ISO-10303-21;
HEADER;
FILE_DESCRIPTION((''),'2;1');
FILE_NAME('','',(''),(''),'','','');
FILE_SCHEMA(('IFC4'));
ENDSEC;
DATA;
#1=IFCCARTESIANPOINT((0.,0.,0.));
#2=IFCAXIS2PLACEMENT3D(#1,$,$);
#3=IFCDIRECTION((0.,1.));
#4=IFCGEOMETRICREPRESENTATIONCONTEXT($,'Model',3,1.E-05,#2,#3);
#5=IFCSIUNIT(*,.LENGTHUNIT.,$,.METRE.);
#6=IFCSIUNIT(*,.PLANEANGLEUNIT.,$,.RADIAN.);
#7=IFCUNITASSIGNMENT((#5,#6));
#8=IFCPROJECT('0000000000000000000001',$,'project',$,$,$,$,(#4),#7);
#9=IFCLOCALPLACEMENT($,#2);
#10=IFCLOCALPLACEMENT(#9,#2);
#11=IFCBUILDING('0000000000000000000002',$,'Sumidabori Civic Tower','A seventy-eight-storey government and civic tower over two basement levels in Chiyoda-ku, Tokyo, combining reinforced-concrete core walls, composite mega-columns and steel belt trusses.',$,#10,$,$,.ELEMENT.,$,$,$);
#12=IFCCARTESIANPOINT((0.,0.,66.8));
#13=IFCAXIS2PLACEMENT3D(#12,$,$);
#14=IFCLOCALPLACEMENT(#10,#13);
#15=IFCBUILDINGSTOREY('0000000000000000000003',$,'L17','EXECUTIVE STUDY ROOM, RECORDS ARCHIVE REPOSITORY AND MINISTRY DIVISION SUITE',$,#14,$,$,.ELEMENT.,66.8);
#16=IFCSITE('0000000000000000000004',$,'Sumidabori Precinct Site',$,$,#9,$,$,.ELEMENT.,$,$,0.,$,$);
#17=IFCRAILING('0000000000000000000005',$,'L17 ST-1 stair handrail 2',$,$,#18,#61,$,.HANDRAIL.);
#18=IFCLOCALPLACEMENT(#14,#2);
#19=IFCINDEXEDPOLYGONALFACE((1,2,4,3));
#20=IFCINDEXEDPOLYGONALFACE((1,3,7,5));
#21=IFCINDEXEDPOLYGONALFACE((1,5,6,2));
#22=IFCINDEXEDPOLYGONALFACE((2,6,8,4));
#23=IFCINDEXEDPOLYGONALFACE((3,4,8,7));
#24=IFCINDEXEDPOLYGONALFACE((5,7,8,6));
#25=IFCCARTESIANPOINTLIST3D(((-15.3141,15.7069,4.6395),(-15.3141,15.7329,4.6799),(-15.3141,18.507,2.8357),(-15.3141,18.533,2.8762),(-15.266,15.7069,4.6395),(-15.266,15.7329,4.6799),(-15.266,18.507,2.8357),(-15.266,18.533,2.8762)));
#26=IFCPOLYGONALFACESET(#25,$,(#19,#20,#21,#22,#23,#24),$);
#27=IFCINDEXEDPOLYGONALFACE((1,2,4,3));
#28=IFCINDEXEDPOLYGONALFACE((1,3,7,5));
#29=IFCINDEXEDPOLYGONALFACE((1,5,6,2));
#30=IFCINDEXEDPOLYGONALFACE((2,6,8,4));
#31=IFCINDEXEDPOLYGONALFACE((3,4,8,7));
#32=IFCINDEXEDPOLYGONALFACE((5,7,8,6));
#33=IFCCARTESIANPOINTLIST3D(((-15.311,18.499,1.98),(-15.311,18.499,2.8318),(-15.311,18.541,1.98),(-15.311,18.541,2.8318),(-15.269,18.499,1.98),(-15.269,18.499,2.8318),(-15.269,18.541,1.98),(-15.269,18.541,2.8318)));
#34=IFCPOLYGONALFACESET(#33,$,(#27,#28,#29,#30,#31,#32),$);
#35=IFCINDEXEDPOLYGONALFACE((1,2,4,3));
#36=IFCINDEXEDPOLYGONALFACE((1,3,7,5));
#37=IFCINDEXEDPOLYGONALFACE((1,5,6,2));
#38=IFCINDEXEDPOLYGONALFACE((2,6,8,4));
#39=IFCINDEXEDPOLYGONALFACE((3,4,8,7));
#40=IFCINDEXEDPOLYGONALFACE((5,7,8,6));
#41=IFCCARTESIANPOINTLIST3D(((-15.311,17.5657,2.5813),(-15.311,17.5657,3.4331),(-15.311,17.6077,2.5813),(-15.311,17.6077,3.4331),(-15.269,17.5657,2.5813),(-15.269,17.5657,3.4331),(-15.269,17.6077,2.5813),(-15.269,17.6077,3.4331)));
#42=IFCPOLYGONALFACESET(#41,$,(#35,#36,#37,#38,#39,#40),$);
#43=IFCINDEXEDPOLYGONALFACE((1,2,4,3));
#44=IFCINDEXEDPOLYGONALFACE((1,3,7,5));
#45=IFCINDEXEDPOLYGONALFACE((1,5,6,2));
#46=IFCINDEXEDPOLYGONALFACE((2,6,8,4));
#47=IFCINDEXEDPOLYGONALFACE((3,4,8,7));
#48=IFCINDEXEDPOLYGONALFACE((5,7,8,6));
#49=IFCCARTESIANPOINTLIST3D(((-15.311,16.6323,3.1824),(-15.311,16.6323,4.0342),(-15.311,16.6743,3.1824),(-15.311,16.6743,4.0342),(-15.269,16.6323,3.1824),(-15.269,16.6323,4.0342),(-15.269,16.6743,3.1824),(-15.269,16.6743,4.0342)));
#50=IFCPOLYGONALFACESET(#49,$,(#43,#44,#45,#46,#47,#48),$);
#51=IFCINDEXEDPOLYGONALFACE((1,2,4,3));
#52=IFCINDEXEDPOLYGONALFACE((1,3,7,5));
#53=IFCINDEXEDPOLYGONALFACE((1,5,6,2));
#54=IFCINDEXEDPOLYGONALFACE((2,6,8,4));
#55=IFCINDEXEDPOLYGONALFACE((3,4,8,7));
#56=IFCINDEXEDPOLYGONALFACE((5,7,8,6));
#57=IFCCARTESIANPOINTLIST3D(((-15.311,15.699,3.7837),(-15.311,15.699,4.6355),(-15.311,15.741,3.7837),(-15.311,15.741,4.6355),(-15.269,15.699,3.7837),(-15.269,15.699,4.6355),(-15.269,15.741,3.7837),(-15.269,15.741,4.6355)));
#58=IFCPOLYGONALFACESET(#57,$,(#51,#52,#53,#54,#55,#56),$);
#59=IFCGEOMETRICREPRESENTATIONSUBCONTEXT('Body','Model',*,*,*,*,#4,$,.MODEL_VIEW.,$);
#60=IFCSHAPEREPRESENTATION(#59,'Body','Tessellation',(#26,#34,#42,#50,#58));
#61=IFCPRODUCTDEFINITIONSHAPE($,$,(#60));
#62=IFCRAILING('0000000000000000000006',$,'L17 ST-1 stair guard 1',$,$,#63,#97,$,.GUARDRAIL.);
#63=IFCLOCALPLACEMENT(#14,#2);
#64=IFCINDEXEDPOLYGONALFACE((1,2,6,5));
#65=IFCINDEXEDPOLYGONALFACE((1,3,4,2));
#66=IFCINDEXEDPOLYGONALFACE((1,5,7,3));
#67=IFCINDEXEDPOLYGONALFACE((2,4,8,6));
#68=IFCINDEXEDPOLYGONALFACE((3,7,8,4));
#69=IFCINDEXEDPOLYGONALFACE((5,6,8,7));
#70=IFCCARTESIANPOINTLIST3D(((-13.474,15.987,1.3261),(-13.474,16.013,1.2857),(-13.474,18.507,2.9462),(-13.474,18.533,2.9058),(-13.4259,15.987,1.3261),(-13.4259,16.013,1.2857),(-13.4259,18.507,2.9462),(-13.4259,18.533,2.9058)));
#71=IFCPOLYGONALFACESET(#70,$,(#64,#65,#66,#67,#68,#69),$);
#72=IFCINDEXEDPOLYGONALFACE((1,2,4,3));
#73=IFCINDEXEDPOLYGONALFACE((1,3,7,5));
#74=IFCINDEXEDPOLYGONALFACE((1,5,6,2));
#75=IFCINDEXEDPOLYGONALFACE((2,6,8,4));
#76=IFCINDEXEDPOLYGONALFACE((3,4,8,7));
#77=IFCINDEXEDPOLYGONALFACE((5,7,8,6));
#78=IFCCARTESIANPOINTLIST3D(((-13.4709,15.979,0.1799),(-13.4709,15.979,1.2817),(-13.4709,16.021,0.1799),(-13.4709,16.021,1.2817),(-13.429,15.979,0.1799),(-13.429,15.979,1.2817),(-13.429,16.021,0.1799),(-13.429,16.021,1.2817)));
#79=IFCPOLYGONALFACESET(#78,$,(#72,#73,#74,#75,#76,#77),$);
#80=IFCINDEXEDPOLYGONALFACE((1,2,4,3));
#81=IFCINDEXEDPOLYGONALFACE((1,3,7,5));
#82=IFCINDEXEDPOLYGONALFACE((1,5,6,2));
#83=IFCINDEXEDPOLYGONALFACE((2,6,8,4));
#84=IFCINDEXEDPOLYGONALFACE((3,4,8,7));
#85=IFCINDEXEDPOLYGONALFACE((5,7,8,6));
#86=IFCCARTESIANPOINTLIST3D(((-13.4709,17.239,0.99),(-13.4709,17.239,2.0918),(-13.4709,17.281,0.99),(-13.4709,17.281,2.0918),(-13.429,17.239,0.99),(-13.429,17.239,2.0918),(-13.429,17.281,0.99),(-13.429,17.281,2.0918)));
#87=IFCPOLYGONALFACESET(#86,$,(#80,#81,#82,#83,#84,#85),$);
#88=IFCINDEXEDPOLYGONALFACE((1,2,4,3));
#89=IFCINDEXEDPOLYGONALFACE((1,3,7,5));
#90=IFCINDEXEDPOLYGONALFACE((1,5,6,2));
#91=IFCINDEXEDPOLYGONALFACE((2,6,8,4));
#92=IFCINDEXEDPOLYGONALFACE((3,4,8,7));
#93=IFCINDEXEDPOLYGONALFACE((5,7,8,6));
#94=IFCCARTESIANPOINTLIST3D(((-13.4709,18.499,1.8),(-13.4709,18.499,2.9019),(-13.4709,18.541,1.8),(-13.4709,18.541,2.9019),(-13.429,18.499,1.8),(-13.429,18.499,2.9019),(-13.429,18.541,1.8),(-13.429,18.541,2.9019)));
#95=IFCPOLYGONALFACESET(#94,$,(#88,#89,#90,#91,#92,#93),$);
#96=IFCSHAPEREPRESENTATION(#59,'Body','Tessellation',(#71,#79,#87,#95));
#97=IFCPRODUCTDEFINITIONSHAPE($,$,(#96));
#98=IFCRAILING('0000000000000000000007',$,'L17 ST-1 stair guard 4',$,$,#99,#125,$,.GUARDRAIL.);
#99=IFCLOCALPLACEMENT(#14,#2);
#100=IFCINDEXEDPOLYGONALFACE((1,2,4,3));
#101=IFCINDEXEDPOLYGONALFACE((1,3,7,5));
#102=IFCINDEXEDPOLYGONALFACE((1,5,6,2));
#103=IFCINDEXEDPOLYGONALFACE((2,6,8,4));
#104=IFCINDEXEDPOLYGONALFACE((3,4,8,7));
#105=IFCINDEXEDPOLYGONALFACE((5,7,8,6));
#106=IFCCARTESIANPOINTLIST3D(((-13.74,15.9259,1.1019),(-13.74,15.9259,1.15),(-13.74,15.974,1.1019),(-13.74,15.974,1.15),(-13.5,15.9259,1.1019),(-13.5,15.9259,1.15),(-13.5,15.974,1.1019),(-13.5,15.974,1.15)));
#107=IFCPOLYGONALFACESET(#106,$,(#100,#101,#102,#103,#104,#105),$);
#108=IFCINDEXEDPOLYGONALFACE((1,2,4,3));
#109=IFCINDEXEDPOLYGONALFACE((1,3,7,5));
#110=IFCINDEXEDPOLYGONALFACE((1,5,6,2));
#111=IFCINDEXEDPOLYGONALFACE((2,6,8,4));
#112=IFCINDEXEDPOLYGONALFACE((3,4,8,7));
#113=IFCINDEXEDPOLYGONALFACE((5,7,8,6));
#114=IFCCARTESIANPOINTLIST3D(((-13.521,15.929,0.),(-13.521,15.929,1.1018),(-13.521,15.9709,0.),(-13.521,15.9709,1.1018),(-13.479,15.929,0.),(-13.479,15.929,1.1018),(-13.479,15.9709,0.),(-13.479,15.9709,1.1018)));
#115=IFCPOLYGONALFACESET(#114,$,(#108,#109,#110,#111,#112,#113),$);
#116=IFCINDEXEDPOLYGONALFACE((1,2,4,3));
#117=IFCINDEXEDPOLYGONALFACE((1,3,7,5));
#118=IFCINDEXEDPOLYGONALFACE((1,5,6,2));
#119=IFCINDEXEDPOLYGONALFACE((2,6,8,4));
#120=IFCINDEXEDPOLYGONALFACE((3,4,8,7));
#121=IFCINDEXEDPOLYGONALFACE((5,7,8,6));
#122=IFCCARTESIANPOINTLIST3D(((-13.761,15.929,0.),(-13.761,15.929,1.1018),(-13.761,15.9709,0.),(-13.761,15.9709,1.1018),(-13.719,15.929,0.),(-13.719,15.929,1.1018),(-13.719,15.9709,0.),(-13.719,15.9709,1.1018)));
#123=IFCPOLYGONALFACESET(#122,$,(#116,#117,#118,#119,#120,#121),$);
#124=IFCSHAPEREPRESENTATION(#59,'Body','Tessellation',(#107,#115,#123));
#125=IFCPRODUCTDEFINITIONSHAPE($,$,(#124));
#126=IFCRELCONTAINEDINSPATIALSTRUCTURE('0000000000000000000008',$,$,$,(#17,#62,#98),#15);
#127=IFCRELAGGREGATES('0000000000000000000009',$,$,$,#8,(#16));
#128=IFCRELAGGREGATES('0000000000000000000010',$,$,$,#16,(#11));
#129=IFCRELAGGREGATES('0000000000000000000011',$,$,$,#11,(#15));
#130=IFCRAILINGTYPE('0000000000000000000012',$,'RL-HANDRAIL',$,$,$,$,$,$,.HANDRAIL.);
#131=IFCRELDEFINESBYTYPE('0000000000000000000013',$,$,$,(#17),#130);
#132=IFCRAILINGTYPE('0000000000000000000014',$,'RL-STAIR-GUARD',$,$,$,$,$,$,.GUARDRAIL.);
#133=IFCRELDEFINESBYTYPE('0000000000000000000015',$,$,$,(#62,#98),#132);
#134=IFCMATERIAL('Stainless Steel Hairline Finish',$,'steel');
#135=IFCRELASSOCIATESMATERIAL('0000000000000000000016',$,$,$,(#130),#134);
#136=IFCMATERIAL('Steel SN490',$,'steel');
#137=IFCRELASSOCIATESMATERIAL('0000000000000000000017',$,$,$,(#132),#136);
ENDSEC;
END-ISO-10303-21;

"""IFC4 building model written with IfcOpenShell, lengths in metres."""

from ifc_helpers import new_model, si_unit, direction, frame, origin, origin_2d, place, context, subcontext, project, spatial, rectangle, extrude, material, type_object, element, save


model = new_model("IFC4")

# Units and contexts
model_context = context("Model", 3, precision=1e-05, world=origin(), true_north=direction((0.0, 1.0)))
body_context = subcontext(model_context, "Body", "Model", "MODEL_VIEW")
ifc_project = project(units=[si_unit("LENGTHUNIT", "METRE"), si_unit("PLANEANGLEUNIT", "RADIAN")], contexts=[model_context])

# Site, building, storey
site_placement = place(None, origin())
site = spatial("IfcSite", under=ifc_project, at=site_placement, Name="Sumidabori Precinct Site", CompositionType="ELEMENT", RefElevation=0.0)
building_placement = place(site_placement, origin())
building = spatial("IfcBuilding", under=site, at=building_placement, Name="Sumidabori Civic Tower", Description="A seventy-eight-storey government and civic tower over two basement levels in Chiyoda-ku, Tokyo, combining reinforced-concrete core walls, composite mega-columns and steel belt trusses.", CompositionType="ELEMENT")
storey_placement = place(building_placement, frame((0.0, 0.0, 66.8)))
storey = spatial("IfcBuildingStorey", under=building, at=storey_placement, Name="L17", Description="EXECUTIVE STUDY ROOM, RECORDS ARCHIVE REPOSITORY AND MINISTRY DIVISION SUITE", CompositionType="ELEMENT", Elevation=66.8)

# Shared definitions
ifc_material_1 = material(Name="Steel SN490", Category="steel")

# Shared definitions
ifc_material_2 = material(Name="Stainless Steel Hairline Finish", Category="steel")

# Railings
railing_type_1 = type_object("IfcRailingType", Name="RL-HANDRAIL", PredefinedType="HANDRAIL", material=ifc_material_2)
railing_1_placement = place(storey_placement, frame((-15.29, 18.52, 1.98)))
element("IfcRailing", 1, at=railing_1_placement, inside=storey, type_object=railing_type_1, Name="L17 ST-1 stair handrail 2", PredefinedType="HANDRAIL", context=body_context, shape_type="SweptSolid", body=[
    extrude(rectangle(XDim=0.0481, YDim=0.0481, at=origin_2d()), frame((0.0, 0.0, 0.876), z_axis=(0.0, -0.840676, 0.541539), x_axis=(1.0, 0.0, 0.0)), (0.0, 0.0, 1.0), 3.3308),
    extrude(rectangle(XDim=0.042, YDim=0.042, at=origin_2d()), origin(), (0.0, 0.0, 1.0), 0.8518),
    extrude(rectangle(XDim=0.042, YDim=0.042, at=origin_2d()), frame((0.0, -0.9333, 0.6013)), (0.0, 0.0, 1.0), 0.8518),
    extrude(rectangle(XDim=0.042, YDim=0.042, at=origin_2d()), frame((0.0, -1.8667, 1.2024)), (0.0, 0.0, 1.0), 0.8518),
    extrude(rectangle(XDim=0.042, YDim=0.042, at=origin_2d()), frame((0.0, -2.8, 1.8037)), (0.0, 0.0, 1.0), 0.8518),
])
railing_type_2 = type_object("IfcRailingType", Name="RL-STAIR-GUARD", PredefinedType="GUARDRAIL", material=ifc_material_1)
railing_2_placement = place(storey_placement, frame((-13.45, 16.0, 0.1799)))
element("IfcRailing", 2, at=railing_2_placement, inside=storey, type_object=railing_type_2, Name="L17 ST-1 stair guard 1", PredefinedType="GUARDRAIL", context=body_context, shape_type="SweptSolid", body=[
    extrude(rectangle(XDim=0.0481, YDim=0.0481, at=origin_2d()), frame((0.0, 0.0, 1.126), z_axis=(0.0, 0.841163, 0.540782), x_axis=(-1.0, 0.0, 0.0)), (0.0, 0.0, 1.0), 2.9958),
    extrude(rectangle(XDim=0.042, YDim=0.042, at=origin_2d()), origin(), (0.0, 0.0, 1.0), 1.1018),
    extrude(rectangle(XDim=0.042, YDim=0.042, at=origin_2d()), frame((0.0, 1.26, 0.8101)), (0.0, 0.0, 1.0), 1.1018),
    extrude(rectangle(XDim=0.042, YDim=0.042, at=origin_2d()), frame((0.0, 2.52, 1.6201)), (0.0, 0.0, 1.0), 1.1018),
])
railing_3_placement = place(storey_placement, frame((-13.5, 15.95, 0.0)))
element("IfcRailing", 3, at=railing_3_placement, inside=storey, type_object=railing_type_2, Name="L17 ST-1 stair guard 4", PredefinedType="GUARDRAIL", context=body_context, shape_type="SweptSolid", body=[
    extrude(rectangle(XDim=0.0481, YDim=0.0481, at=origin_2d()), frame((0.0, 0.0, 1.126), z_axis=(-1.0, 0.0, 0.0), x_axis=(0.0, -1.0, 0.0)), (0.0, 0.0, 1.0), 0.24),
    extrude(rectangle(XDim=0.042, YDim=0.042, at=origin_2d()), origin(), (0.0, 0.0, 1.0), 1.1018),
    extrude(rectangle(XDim=0.042, YDim=0.042, at=origin_2d()), frame((-0.24, 0.0, 0.0)), (0.0, 0.0, 1.0), 1.1018),
])

save(model, "model.ifc")
